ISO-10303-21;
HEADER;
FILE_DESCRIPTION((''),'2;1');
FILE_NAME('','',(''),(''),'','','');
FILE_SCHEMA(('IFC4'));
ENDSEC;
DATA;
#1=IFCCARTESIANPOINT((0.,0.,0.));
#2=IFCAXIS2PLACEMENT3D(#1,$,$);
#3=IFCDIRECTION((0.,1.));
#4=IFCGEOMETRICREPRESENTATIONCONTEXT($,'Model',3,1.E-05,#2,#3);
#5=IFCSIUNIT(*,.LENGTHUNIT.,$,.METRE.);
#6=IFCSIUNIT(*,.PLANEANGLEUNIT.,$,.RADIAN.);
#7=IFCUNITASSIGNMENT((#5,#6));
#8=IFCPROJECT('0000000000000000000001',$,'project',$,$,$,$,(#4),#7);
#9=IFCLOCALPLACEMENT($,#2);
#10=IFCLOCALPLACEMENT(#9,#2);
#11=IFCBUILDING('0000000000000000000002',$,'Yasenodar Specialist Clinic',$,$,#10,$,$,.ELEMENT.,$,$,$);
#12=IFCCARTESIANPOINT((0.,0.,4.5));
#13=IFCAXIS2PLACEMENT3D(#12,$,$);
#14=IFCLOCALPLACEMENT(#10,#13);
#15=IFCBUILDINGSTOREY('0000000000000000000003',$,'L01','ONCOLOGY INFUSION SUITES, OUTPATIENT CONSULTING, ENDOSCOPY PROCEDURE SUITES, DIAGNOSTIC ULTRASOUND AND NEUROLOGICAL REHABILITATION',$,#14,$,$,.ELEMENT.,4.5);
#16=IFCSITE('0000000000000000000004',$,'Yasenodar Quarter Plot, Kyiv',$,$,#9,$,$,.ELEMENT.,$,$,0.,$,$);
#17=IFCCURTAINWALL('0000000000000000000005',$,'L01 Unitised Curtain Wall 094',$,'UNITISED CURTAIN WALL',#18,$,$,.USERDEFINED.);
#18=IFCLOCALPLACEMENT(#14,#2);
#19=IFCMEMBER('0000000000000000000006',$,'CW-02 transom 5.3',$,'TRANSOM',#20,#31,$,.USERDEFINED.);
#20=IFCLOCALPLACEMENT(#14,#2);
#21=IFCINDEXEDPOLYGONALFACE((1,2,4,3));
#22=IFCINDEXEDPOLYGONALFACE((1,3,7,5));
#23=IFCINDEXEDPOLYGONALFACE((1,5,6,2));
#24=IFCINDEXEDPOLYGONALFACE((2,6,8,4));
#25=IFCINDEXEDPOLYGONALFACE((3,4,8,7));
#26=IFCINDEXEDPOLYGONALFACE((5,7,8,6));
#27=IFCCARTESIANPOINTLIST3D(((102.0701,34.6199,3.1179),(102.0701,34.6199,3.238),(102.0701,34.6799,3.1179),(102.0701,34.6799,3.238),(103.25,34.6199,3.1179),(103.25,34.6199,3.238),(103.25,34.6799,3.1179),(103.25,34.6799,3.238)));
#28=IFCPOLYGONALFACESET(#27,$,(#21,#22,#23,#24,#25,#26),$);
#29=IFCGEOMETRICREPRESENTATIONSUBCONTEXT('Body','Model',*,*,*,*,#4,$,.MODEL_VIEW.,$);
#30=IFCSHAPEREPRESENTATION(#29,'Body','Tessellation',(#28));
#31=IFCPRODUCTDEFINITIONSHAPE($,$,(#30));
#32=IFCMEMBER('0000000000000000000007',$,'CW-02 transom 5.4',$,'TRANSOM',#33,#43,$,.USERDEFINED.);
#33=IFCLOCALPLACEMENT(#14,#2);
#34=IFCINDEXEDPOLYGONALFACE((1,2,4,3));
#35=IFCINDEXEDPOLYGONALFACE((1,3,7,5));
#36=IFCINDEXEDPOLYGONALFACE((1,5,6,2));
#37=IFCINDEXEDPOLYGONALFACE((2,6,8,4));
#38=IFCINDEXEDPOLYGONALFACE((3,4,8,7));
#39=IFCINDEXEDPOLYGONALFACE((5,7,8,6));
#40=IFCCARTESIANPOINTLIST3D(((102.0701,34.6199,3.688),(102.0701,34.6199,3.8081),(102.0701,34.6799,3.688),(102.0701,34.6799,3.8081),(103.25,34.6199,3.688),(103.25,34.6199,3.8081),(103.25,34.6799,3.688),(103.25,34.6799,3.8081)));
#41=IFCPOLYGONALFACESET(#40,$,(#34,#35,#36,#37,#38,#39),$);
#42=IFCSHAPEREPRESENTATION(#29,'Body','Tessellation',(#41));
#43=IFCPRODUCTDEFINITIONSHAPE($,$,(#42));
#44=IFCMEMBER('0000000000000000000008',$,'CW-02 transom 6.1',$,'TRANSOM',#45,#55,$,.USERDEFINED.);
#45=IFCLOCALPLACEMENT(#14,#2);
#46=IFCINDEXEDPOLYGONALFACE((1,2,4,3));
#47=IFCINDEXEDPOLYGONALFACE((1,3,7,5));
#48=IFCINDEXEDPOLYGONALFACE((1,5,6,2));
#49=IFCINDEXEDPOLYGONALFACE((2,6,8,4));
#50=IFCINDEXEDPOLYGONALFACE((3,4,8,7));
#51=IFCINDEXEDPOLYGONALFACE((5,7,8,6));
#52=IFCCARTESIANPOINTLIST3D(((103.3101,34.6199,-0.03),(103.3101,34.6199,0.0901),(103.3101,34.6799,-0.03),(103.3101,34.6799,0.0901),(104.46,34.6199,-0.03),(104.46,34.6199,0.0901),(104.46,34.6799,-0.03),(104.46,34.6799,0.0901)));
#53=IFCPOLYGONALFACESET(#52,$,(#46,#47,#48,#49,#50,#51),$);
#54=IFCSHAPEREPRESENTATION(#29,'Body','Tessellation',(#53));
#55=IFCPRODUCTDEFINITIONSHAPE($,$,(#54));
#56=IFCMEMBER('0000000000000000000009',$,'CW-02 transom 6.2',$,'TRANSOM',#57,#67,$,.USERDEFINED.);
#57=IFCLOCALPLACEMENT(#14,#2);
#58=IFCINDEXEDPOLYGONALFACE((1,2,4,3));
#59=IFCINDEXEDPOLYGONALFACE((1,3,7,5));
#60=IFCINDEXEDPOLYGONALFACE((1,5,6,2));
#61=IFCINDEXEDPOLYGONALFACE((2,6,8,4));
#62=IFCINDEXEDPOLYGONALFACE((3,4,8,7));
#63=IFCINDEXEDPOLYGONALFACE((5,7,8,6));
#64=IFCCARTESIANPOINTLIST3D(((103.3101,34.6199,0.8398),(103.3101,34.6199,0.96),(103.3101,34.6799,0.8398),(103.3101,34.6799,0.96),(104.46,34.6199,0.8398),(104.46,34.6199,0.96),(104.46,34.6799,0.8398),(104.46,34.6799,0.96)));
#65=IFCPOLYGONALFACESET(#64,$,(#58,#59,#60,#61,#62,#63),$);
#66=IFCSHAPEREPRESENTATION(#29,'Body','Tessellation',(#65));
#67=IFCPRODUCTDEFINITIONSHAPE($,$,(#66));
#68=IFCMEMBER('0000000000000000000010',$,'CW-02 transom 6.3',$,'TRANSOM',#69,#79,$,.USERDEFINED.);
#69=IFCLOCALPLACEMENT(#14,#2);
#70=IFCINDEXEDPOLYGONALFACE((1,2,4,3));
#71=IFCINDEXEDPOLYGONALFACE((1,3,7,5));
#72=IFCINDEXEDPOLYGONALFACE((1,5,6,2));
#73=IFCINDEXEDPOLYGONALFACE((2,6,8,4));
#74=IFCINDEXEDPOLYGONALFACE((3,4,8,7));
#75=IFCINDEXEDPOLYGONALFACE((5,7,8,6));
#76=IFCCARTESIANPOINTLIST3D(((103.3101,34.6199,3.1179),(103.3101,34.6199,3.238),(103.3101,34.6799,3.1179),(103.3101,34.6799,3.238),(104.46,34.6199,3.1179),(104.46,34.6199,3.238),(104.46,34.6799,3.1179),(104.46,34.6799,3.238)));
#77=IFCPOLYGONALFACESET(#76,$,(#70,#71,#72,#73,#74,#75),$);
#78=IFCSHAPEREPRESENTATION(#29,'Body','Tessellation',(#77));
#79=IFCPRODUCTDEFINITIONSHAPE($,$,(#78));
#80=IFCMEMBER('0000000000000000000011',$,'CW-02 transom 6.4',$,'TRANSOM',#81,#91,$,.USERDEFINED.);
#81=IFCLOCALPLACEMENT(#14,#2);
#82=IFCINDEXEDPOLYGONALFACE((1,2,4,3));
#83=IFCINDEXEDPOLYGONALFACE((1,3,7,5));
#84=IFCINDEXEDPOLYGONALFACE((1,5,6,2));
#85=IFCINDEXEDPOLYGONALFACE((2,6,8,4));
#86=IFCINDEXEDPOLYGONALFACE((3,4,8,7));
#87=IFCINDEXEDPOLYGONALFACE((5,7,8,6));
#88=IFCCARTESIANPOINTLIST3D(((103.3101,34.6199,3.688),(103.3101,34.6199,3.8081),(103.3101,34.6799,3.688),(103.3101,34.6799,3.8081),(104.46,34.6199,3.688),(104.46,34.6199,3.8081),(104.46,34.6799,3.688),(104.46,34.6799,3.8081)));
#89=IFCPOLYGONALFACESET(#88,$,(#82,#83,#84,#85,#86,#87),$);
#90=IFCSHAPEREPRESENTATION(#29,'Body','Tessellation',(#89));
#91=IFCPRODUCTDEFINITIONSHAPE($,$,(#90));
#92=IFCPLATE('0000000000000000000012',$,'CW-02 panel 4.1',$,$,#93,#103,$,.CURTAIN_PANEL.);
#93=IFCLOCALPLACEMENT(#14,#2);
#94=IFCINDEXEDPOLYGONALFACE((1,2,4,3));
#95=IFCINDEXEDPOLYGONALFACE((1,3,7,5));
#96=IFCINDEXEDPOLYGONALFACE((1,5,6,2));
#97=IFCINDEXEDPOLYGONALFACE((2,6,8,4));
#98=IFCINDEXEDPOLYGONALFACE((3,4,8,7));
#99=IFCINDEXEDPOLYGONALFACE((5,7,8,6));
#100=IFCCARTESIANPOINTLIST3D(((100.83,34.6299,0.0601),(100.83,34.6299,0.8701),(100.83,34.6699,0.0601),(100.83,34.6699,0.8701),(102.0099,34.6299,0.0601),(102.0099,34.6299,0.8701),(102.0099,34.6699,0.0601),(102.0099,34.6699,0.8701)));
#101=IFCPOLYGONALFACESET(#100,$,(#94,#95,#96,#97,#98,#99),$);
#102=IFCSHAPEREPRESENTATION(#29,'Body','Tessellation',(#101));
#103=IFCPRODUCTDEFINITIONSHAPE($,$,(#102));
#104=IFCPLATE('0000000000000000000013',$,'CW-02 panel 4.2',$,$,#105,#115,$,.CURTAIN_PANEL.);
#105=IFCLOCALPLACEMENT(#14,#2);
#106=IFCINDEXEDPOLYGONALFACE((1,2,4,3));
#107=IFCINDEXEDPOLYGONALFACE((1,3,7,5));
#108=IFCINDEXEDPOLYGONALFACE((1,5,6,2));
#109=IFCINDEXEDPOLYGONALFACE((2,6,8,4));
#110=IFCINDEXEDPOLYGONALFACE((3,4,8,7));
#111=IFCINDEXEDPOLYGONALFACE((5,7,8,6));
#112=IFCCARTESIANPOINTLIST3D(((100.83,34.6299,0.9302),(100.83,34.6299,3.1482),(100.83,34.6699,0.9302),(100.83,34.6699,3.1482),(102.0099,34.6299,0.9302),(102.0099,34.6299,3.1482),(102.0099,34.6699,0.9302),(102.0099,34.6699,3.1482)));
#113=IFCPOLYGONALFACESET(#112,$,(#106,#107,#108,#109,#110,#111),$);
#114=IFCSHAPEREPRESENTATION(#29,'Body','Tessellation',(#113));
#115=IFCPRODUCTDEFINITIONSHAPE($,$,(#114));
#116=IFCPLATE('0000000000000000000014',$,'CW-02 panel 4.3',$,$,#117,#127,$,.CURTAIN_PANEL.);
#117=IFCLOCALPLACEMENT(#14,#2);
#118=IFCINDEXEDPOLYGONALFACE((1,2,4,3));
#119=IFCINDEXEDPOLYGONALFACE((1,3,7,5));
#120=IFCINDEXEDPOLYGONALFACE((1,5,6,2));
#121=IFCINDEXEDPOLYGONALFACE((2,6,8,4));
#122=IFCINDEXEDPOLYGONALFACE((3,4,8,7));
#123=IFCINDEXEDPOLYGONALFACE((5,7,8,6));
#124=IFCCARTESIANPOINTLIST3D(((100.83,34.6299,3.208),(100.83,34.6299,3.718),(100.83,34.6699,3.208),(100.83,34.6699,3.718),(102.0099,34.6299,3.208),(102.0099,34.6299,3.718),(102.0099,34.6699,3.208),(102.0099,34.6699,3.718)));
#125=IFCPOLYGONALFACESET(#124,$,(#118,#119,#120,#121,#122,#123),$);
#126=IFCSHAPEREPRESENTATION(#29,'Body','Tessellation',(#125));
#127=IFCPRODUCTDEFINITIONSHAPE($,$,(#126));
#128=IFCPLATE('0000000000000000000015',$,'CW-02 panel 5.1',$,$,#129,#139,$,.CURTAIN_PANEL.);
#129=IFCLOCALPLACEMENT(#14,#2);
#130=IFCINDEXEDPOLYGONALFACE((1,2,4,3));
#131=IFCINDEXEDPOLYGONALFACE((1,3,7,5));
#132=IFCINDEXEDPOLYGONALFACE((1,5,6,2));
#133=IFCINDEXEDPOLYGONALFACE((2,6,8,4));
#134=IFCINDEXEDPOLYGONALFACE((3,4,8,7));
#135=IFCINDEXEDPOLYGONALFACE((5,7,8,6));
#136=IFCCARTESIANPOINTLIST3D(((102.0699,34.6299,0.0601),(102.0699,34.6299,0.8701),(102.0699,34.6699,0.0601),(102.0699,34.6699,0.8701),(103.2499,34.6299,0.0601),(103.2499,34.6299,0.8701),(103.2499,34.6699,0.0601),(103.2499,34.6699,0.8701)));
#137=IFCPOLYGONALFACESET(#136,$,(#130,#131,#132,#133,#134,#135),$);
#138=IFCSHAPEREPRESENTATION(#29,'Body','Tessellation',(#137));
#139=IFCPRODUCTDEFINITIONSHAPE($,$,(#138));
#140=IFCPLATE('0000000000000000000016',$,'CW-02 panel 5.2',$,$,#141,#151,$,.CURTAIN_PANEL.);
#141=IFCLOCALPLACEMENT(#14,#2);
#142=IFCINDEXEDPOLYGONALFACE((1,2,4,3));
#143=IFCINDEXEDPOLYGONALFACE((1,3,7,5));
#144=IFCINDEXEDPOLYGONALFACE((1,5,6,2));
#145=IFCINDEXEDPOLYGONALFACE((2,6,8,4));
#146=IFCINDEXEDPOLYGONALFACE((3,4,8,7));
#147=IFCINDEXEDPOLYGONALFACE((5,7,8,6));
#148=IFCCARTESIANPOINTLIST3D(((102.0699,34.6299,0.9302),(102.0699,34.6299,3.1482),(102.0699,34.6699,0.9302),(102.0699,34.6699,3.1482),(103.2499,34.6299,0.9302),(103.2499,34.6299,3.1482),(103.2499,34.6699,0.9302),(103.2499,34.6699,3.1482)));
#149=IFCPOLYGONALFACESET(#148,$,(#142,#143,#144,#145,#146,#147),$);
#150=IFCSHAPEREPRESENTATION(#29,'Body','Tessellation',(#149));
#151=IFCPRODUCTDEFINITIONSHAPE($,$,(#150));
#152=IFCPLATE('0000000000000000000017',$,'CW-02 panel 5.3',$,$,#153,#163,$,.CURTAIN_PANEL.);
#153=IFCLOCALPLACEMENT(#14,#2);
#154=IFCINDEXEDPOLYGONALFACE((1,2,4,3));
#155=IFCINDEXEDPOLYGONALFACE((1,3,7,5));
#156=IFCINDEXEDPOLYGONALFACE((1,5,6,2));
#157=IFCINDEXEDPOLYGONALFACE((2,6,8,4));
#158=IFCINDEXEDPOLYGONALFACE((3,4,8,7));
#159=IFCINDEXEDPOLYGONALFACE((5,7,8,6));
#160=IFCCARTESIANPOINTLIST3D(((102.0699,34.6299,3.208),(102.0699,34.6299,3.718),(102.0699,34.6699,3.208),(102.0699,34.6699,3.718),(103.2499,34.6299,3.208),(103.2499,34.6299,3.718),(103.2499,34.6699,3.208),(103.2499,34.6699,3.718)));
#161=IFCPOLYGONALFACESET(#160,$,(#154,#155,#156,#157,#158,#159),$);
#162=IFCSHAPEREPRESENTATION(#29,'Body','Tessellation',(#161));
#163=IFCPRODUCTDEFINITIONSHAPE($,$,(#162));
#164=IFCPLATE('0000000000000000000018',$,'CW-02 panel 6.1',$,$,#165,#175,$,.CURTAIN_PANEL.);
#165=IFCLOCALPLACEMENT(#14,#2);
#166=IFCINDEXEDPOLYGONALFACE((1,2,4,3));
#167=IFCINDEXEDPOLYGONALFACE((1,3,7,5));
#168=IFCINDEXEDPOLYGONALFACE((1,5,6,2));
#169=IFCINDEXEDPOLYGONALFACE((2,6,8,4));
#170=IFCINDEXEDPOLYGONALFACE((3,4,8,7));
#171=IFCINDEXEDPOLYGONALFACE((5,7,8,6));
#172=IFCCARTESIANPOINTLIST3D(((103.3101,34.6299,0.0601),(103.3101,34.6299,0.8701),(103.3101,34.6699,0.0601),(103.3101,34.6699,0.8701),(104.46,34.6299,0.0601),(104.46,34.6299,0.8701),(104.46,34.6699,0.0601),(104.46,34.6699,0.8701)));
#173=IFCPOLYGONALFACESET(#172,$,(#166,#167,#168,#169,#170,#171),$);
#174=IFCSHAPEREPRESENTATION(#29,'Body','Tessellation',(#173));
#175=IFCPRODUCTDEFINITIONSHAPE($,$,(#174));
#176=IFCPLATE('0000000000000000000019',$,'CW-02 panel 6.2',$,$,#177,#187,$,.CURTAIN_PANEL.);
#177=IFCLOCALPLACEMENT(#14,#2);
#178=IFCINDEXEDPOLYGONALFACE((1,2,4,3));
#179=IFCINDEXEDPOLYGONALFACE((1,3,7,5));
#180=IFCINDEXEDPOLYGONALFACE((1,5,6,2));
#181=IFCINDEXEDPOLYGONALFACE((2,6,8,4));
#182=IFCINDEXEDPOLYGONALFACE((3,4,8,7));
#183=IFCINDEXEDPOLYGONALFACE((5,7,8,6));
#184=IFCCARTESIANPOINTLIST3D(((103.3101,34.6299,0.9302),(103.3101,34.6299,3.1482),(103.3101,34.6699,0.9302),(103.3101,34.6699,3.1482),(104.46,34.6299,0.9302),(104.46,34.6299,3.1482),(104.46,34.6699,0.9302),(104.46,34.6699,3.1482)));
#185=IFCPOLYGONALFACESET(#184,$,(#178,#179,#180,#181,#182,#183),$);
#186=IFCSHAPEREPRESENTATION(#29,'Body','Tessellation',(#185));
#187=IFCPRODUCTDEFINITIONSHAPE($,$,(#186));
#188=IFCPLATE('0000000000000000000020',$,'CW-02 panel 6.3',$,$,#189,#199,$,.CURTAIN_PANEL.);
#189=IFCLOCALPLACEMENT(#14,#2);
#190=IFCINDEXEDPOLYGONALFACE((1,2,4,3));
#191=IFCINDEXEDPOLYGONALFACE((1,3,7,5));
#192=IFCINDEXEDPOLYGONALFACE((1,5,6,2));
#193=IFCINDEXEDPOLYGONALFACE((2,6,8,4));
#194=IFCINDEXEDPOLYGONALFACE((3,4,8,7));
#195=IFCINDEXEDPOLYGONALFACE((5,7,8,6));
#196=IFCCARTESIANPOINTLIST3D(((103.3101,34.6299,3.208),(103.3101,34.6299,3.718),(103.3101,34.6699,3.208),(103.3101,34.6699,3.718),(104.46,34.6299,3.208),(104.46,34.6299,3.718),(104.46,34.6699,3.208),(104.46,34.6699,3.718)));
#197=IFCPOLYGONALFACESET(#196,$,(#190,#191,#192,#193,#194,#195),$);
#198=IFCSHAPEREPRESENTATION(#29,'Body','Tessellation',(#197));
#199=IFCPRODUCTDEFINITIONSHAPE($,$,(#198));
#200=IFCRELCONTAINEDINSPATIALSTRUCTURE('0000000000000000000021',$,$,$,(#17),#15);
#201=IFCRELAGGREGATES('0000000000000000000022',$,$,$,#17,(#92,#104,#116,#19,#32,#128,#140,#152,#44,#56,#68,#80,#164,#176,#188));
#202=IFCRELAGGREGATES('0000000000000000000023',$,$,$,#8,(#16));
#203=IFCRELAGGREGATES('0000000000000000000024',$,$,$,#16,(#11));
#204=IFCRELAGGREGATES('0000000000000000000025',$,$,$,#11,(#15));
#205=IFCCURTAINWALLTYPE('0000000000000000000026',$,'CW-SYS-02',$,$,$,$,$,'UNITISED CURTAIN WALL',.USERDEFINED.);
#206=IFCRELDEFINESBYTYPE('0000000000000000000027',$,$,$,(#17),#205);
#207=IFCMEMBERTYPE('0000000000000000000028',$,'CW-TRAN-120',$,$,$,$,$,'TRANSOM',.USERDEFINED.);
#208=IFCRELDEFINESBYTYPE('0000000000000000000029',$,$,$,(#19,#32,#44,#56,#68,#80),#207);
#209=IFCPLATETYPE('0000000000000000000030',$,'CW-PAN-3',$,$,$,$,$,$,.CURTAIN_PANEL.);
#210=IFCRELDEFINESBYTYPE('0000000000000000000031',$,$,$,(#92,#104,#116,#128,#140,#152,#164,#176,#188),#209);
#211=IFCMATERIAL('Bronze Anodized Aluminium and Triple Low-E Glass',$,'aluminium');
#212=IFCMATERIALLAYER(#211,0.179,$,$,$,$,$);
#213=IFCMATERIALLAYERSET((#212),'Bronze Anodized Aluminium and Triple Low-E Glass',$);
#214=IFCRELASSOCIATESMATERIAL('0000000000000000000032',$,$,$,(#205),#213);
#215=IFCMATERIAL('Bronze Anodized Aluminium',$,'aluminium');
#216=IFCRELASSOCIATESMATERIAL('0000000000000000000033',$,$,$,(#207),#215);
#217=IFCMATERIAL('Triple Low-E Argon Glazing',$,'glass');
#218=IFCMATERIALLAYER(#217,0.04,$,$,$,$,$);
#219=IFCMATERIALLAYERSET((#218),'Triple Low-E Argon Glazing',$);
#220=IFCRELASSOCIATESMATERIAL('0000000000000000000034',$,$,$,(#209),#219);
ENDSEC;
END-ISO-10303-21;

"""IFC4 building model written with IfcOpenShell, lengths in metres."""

from ifc_helpers import new_model, si_unit, direction, frame, origin, origin_2d, place, context, subcontext, project, spatial, rectangle, extrude, material, layer, layer_set, material_profile, profile_set, type_object, element, aggregate, save


model = new_model("IFC4")

# Units and contexts
model_context = context("Model", 3, precision=1e-05, world=origin(), true_north=direction((0.0, 1.0)))
body_context = subcontext(model_context, "Body", "Model", "MODEL_VIEW")
ifc_project = project(units=[si_unit("LENGTHUNIT", "METRE"), si_unit("PLANEANGLEUNIT", "RADIAN")], contexts=[model_context])

# Site, building, storey
site_placement = place(None, origin())
site = spatial("IfcSite", under=ifc_project, at=site_placement, Name="Yasenodar Quarter Plot, Kyiv", CompositionType="ELEMENT", RefElevation=0.0)
building_placement = place(site_placement, origin())
building = spatial("IfcBuilding", under=site, at=building_placement, Name="Yasenodar Specialist Clinic", CompositionType="ELEMENT")
storey_placement = place(building_placement, frame((0.0, 0.0, 4.5)))
storey = spatial("IfcBuildingStorey", under=building, at=storey_placement, Name="L01", Description="ONCOLOGY INFUSION SUITES, OUTPATIENT CONSULTING, ENDOSCOPY PROCEDURE SUITES, DIAGNOSTIC ULTRASOUND AND NEUROLOGICAL REHABILITATION", CompositionType="ELEMENT", Elevation=4.5)

# Curtain wall
ifc_material_1 = material(Name="Bronze Anodized Aluminium and Triple Low-E Glass", Category="aluminium")
ifc_layer_1 = layer(ifc_material_1, 0.179)
ifc_layer_set_1 = layer_set([ifc_layer_1], Name="Bronze Anodized Aluminium and Triple Low-E Glass")
curtain_wall_type = type_object("IfcCurtainWallType", Name="CW-SYS-02", ElementType="UNITISED CURTAIN WALL", PredefinedType="USERDEFINED", material=ifc_layer_set_1)
curtain_wall_1_placement = place(storey_placement, origin())
curtain_wall_1 = element("IfcCurtainWall", 1, at=curtain_wall_1_placement, inside=storey, type_object=curtain_wall_type, Name="L01 Unitised Curtain Wall 094", ObjectType="UNITISED CURTAIN WALL", PredefinedType="USERDEFINED")
ifc_material_2 = material(Name="Bronze Anodized Aluminium", Category="aluminium")

# Members
ifc_material_profile_1 = material_profile(ifc_material_2, rectangle(XDim=0.0601, YDim=0.1201, at=origin_2d()), Name="CW-TRAN 60x120")
ifc_profile_set_1 = profile_set([ifc_material_profile_1], Name="Bronze Anodized Aluminium")
member_type_1 = type_object("IfcMemberType", Name="CW-TRAN-120", ElementType="TRANSOM", PredefinedType="USERDEFINED", material=ifc_profile_set_1)
member_1_placement = place(storey_placement, frame((102.0701, 34.6499, 3.178), z_axis=(1.0, 0.0, 0.0), x_axis=(0.0, 1.0, 0.0)))
member_1 = element("IfcMember", 2, at=member_1_placement, type_object=member_type_1, Name="CW-02 transom 5.3", ObjectType="TRANSOM", PredefinedType="USERDEFINED", context=body_context, shape_type="SweptSolid", body=[
    extrude(rectangle(XDim=0.0601, YDim=0.1201, at=origin_2d()), origin(), (0.0, 0.0, 1.0), 1.1799),
])
member_2_placement = place(storey_placement, frame((102.0701, 34.6499, 3.748), z_axis=(1.0, 0.0, 0.0), x_axis=(0.0, 1.0, 0.0)))
member_2 = element("IfcMember", 3, at=member_2_placement, type_object=member_type_1, Name="CW-02 transom 5.4", ObjectType="TRANSOM", PredefinedType="USERDEFINED", context=body_context, shape_type="SweptSolid", body=[
    extrude(rectangle(XDim=0.0601, YDim=0.1201, at=origin_2d()), origin(), (0.0, 0.0, 1.0), 1.1799),
])
member_3_placement = place(storey_placement, frame((103.3101, 34.6499, 0.03), z_axis=(1.0, 0.0, 0.0), x_axis=(0.0, 1.0, 0.0)))
member_3 = element("IfcMember", 4, at=member_3_placement, type_object=member_type_1, Name="CW-02 transom 6.1", ObjectType="TRANSOM", PredefinedType="USERDEFINED", context=body_context, shape_type="SweptSolid", body=[
    extrude(rectangle(XDim=0.0601, YDim=0.1201, at=origin_2d()), origin(), (0.0, 0.0, 1.0), 1.1499),
])
member_4_placement = place(storey_placement, frame((103.3101, 34.6499, 0.8999), z_axis=(1.0, 0.0, 0.0), x_axis=(0.0, 1.0, 0.0)))
member_4 = element("IfcMember", 5, at=member_4_placement, type_object=member_type_1, Name="CW-02 transom 6.2", ObjectType="TRANSOM", PredefinedType="USERDEFINED", context=body_context, shape_type="SweptSolid", body=[
    extrude(rectangle(XDim=0.0601, YDim=0.1201, at=origin_2d()), origin(), (0.0, 0.0, 1.0), 1.1499),
])
member_5_placement = place(storey_placement, frame((103.3101, 34.6499, 3.178), z_axis=(1.0, 0.0, 0.0), x_axis=(0.0, 1.0, 0.0)))
member_5 = element("IfcMember", 6, at=member_5_placement, type_object=member_type_1, Name="CW-02 transom 6.3", ObjectType="TRANSOM", PredefinedType="USERDEFINED", context=body_context, shape_type="SweptSolid", body=[
    extrude(rectangle(XDim=0.0601, YDim=0.1201, at=origin_2d()), origin(), (0.0, 0.0, 1.0), 1.1499),
])
member_6_placement = place(storey_placement, frame((103.3101, 34.6499, 3.748), z_axis=(1.0, 0.0, 0.0), x_axis=(0.0, 1.0, 0.0)))
member_6 = element("IfcMember", 7, at=member_6_placement, type_object=member_type_1, Name="CW-02 transom 6.4", ObjectType="TRANSOM", PredefinedType="USERDEFINED", context=body_context, shape_type="SweptSolid", body=[
    extrude(rectangle(XDim=0.0601, YDim=0.1201, at=origin_2d()), origin(), (0.0, 0.0, 1.0), 1.1499),
])

# Plates
ifc_material_3 = material(Name="Triple Low-E Argon Glazing", Category="glass")
ifc_layer_2 = layer(ifc_material_3, 0.04)
ifc_layer_set_2 = layer_set([ifc_layer_2], Name="Triple Low-E Argon Glazing")
plate_type = type_object("IfcPlateType", Name="CW-PAN-3", PredefinedType="CURTAIN_PANEL", material=ifc_layer_set_2)
plate_1_placement = place(storey_placement, frame((101.4199, 34.6499, 0.0601), z_axis=(0.0, 0.0, 1.0), x_axis=(1.0, 0.0, 0.0)))
plate_1 = element("IfcPlate", 8, at=plate_1_placement, type_object=plate_type, Name="CW-02 panel 4.1", PredefinedType="CURTAIN_PANEL", context=body_context, shape_type="SweptSolid", body=[
    extrude(rectangle(XDim=1.1799, YDim=0.04, at=origin_2d()), origin(), (0.0, 0.0, 1.0), 0.8101),
])
plate_2_placement = place(storey_placement, frame((101.4199, 34.6499, 0.9302), z_axis=(0.0, 0.0, 1.0), x_axis=(1.0, 0.0, 0.0)))
plate_2 = element("IfcPlate", 9, at=plate_2_placement, type_object=plate_type, Name="CW-02 panel 4.2", PredefinedType="CURTAIN_PANEL", context=body_context, shape_type="SweptSolid", body=[
    extrude(rectangle(XDim=1.1799, YDim=0.04, at=origin_2d()), origin(), (0.0, 0.0, 1.0), 2.218),
])
plate_3_placement = place(storey_placement, frame((101.4199, 34.6499, 3.208), z_axis=(0.0, 0.0, 1.0), x_axis=(1.0, 0.0, 0.0)))
plate_3 = element("IfcPlate", 10, at=plate_3_placement, type_object=plate_type, Name="CW-02 panel 4.3", PredefinedType="CURTAIN_PANEL", context=body_context, shape_type="SweptSolid", body=[
    extrude(rectangle(XDim=1.1799, YDim=0.04, at=origin_2d()), origin(), (0.0, 0.0, 1.0), 0.51),
])
plate_4_placement = place(storey_placement, frame((102.6599, 34.6499, 0.0601), z_axis=(0.0, 0.0, 1.0), x_axis=(1.0, 0.0, 0.0)))
plate_4 = element("IfcPlate", 11, at=plate_4_placement, type_object=plate_type, Name="CW-02 panel 5.1", PredefinedType="CURTAIN_PANEL", context=body_context, shape_type="SweptSolid", body=[
    extrude(rectangle(XDim=1.1799, YDim=0.04, at=origin_2d()), origin(), (0.0, 0.0, 1.0), 0.8101),
])
plate_5_placement = place(storey_placement, frame((102.6599, 34.6499, 0.9302), z_axis=(0.0, 0.0, 1.0), x_axis=(1.0, 0.0, 0.0)))
plate_5 = element("IfcPlate", 12, at=plate_5_placement, type_object=plate_type, Name="CW-02 panel 5.2", PredefinedType="CURTAIN_PANEL", context=body_context, shape_type="SweptSolid", body=[
    extrude(rectangle(XDim=1.1799, YDim=0.04, at=origin_2d()), origin(), (0.0, 0.0, 1.0), 2.218),
])
plate_6_placement = place(storey_placement, frame((102.6599, 34.6499, 3.208), z_axis=(0.0, 0.0, 1.0), x_axis=(1.0, 0.0, 0.0)))
plate_6 = element("IfcPlate", 13, at=plate_6_placement, type_object=plate_type, Name="CW-02 panel 5.3", PredefinedType="CURTAIN_PANEL", context=body_context, shape_type="SweptSolid", body=[
    extrude(rectangle(XDim=1.1799, YDim=0.04, at=origin_2d()), origin(), (0.0, 0.0, 1.0), 0.51),
])
plate_7_placement = place(storey_placement, frame((103.885, 34.6499, 0.0601), z_axis=(0.0, 0.0, 1.0), x_axis=(1.0, 0.0, 0.0)))
plate_7 = element("IfcPlate", 14, at=plate_7_placement, type_object=plate_type, Name="CW-02 panel 6.1", PredefinedType="CURTAIN_PANEL", context=body_context, shape_type="SweptSolid", body=[
    extrude(rectangle(XDim=1.1499, YDim=0.04, at=origin_2d()), origin(), (0.0, 0.0, 1.0), 0.8101),
])
plate_8_placement = place(storey_placement, frame((103.885, 34.6499, 0.9302), z_axis=(0.0, 0.0, 1.0), x_axis=(1.0, 0.0, 0.0)))
plate_8 = element("IfcPlate", 15, at=plate_8_placement, type_object=plate_type, Name="CW-02 panel 6.2", PredefinedType="CURTAIN_PANEL", context=body_context, shape_type="SweptSolid", body=[
    extrude(rectangle(XDim=1.1499, YDim=0.04, at=origin_2d()), origin(), (0.0, 0.0, 1.0), 2.218),
])
plate_9_placement = place(storey_placement, frame((103.885, 34.6499, 3.208), z_axis=(0.0, 0.0, 1.0), x_axis=(1.0, 0.0, 0.0)))
plate_9 = element("IfcPlate", 16, at=plate_9_placement, type_object=plate_type, Name="CW-02 panel 6.3", PredefinedType="CURTAIN_PANEL", context=body_context, shape_type="SweptSolid", body=[
    extrude(rectangle(XDim=1.1499, YDim=0.04, at=origin_2d()), origin(), (0.0, 0.0, 1.0), 0.51),
])
aggregate(curtain_wall_1, [plate_1, plate_2, plate_3, member_1, member_2, plate_4, plate_5, plate_6, member_3, member_4, member_5, member_6, plate_7, plate_8, plate_9])

save(model, "model.ifc")
